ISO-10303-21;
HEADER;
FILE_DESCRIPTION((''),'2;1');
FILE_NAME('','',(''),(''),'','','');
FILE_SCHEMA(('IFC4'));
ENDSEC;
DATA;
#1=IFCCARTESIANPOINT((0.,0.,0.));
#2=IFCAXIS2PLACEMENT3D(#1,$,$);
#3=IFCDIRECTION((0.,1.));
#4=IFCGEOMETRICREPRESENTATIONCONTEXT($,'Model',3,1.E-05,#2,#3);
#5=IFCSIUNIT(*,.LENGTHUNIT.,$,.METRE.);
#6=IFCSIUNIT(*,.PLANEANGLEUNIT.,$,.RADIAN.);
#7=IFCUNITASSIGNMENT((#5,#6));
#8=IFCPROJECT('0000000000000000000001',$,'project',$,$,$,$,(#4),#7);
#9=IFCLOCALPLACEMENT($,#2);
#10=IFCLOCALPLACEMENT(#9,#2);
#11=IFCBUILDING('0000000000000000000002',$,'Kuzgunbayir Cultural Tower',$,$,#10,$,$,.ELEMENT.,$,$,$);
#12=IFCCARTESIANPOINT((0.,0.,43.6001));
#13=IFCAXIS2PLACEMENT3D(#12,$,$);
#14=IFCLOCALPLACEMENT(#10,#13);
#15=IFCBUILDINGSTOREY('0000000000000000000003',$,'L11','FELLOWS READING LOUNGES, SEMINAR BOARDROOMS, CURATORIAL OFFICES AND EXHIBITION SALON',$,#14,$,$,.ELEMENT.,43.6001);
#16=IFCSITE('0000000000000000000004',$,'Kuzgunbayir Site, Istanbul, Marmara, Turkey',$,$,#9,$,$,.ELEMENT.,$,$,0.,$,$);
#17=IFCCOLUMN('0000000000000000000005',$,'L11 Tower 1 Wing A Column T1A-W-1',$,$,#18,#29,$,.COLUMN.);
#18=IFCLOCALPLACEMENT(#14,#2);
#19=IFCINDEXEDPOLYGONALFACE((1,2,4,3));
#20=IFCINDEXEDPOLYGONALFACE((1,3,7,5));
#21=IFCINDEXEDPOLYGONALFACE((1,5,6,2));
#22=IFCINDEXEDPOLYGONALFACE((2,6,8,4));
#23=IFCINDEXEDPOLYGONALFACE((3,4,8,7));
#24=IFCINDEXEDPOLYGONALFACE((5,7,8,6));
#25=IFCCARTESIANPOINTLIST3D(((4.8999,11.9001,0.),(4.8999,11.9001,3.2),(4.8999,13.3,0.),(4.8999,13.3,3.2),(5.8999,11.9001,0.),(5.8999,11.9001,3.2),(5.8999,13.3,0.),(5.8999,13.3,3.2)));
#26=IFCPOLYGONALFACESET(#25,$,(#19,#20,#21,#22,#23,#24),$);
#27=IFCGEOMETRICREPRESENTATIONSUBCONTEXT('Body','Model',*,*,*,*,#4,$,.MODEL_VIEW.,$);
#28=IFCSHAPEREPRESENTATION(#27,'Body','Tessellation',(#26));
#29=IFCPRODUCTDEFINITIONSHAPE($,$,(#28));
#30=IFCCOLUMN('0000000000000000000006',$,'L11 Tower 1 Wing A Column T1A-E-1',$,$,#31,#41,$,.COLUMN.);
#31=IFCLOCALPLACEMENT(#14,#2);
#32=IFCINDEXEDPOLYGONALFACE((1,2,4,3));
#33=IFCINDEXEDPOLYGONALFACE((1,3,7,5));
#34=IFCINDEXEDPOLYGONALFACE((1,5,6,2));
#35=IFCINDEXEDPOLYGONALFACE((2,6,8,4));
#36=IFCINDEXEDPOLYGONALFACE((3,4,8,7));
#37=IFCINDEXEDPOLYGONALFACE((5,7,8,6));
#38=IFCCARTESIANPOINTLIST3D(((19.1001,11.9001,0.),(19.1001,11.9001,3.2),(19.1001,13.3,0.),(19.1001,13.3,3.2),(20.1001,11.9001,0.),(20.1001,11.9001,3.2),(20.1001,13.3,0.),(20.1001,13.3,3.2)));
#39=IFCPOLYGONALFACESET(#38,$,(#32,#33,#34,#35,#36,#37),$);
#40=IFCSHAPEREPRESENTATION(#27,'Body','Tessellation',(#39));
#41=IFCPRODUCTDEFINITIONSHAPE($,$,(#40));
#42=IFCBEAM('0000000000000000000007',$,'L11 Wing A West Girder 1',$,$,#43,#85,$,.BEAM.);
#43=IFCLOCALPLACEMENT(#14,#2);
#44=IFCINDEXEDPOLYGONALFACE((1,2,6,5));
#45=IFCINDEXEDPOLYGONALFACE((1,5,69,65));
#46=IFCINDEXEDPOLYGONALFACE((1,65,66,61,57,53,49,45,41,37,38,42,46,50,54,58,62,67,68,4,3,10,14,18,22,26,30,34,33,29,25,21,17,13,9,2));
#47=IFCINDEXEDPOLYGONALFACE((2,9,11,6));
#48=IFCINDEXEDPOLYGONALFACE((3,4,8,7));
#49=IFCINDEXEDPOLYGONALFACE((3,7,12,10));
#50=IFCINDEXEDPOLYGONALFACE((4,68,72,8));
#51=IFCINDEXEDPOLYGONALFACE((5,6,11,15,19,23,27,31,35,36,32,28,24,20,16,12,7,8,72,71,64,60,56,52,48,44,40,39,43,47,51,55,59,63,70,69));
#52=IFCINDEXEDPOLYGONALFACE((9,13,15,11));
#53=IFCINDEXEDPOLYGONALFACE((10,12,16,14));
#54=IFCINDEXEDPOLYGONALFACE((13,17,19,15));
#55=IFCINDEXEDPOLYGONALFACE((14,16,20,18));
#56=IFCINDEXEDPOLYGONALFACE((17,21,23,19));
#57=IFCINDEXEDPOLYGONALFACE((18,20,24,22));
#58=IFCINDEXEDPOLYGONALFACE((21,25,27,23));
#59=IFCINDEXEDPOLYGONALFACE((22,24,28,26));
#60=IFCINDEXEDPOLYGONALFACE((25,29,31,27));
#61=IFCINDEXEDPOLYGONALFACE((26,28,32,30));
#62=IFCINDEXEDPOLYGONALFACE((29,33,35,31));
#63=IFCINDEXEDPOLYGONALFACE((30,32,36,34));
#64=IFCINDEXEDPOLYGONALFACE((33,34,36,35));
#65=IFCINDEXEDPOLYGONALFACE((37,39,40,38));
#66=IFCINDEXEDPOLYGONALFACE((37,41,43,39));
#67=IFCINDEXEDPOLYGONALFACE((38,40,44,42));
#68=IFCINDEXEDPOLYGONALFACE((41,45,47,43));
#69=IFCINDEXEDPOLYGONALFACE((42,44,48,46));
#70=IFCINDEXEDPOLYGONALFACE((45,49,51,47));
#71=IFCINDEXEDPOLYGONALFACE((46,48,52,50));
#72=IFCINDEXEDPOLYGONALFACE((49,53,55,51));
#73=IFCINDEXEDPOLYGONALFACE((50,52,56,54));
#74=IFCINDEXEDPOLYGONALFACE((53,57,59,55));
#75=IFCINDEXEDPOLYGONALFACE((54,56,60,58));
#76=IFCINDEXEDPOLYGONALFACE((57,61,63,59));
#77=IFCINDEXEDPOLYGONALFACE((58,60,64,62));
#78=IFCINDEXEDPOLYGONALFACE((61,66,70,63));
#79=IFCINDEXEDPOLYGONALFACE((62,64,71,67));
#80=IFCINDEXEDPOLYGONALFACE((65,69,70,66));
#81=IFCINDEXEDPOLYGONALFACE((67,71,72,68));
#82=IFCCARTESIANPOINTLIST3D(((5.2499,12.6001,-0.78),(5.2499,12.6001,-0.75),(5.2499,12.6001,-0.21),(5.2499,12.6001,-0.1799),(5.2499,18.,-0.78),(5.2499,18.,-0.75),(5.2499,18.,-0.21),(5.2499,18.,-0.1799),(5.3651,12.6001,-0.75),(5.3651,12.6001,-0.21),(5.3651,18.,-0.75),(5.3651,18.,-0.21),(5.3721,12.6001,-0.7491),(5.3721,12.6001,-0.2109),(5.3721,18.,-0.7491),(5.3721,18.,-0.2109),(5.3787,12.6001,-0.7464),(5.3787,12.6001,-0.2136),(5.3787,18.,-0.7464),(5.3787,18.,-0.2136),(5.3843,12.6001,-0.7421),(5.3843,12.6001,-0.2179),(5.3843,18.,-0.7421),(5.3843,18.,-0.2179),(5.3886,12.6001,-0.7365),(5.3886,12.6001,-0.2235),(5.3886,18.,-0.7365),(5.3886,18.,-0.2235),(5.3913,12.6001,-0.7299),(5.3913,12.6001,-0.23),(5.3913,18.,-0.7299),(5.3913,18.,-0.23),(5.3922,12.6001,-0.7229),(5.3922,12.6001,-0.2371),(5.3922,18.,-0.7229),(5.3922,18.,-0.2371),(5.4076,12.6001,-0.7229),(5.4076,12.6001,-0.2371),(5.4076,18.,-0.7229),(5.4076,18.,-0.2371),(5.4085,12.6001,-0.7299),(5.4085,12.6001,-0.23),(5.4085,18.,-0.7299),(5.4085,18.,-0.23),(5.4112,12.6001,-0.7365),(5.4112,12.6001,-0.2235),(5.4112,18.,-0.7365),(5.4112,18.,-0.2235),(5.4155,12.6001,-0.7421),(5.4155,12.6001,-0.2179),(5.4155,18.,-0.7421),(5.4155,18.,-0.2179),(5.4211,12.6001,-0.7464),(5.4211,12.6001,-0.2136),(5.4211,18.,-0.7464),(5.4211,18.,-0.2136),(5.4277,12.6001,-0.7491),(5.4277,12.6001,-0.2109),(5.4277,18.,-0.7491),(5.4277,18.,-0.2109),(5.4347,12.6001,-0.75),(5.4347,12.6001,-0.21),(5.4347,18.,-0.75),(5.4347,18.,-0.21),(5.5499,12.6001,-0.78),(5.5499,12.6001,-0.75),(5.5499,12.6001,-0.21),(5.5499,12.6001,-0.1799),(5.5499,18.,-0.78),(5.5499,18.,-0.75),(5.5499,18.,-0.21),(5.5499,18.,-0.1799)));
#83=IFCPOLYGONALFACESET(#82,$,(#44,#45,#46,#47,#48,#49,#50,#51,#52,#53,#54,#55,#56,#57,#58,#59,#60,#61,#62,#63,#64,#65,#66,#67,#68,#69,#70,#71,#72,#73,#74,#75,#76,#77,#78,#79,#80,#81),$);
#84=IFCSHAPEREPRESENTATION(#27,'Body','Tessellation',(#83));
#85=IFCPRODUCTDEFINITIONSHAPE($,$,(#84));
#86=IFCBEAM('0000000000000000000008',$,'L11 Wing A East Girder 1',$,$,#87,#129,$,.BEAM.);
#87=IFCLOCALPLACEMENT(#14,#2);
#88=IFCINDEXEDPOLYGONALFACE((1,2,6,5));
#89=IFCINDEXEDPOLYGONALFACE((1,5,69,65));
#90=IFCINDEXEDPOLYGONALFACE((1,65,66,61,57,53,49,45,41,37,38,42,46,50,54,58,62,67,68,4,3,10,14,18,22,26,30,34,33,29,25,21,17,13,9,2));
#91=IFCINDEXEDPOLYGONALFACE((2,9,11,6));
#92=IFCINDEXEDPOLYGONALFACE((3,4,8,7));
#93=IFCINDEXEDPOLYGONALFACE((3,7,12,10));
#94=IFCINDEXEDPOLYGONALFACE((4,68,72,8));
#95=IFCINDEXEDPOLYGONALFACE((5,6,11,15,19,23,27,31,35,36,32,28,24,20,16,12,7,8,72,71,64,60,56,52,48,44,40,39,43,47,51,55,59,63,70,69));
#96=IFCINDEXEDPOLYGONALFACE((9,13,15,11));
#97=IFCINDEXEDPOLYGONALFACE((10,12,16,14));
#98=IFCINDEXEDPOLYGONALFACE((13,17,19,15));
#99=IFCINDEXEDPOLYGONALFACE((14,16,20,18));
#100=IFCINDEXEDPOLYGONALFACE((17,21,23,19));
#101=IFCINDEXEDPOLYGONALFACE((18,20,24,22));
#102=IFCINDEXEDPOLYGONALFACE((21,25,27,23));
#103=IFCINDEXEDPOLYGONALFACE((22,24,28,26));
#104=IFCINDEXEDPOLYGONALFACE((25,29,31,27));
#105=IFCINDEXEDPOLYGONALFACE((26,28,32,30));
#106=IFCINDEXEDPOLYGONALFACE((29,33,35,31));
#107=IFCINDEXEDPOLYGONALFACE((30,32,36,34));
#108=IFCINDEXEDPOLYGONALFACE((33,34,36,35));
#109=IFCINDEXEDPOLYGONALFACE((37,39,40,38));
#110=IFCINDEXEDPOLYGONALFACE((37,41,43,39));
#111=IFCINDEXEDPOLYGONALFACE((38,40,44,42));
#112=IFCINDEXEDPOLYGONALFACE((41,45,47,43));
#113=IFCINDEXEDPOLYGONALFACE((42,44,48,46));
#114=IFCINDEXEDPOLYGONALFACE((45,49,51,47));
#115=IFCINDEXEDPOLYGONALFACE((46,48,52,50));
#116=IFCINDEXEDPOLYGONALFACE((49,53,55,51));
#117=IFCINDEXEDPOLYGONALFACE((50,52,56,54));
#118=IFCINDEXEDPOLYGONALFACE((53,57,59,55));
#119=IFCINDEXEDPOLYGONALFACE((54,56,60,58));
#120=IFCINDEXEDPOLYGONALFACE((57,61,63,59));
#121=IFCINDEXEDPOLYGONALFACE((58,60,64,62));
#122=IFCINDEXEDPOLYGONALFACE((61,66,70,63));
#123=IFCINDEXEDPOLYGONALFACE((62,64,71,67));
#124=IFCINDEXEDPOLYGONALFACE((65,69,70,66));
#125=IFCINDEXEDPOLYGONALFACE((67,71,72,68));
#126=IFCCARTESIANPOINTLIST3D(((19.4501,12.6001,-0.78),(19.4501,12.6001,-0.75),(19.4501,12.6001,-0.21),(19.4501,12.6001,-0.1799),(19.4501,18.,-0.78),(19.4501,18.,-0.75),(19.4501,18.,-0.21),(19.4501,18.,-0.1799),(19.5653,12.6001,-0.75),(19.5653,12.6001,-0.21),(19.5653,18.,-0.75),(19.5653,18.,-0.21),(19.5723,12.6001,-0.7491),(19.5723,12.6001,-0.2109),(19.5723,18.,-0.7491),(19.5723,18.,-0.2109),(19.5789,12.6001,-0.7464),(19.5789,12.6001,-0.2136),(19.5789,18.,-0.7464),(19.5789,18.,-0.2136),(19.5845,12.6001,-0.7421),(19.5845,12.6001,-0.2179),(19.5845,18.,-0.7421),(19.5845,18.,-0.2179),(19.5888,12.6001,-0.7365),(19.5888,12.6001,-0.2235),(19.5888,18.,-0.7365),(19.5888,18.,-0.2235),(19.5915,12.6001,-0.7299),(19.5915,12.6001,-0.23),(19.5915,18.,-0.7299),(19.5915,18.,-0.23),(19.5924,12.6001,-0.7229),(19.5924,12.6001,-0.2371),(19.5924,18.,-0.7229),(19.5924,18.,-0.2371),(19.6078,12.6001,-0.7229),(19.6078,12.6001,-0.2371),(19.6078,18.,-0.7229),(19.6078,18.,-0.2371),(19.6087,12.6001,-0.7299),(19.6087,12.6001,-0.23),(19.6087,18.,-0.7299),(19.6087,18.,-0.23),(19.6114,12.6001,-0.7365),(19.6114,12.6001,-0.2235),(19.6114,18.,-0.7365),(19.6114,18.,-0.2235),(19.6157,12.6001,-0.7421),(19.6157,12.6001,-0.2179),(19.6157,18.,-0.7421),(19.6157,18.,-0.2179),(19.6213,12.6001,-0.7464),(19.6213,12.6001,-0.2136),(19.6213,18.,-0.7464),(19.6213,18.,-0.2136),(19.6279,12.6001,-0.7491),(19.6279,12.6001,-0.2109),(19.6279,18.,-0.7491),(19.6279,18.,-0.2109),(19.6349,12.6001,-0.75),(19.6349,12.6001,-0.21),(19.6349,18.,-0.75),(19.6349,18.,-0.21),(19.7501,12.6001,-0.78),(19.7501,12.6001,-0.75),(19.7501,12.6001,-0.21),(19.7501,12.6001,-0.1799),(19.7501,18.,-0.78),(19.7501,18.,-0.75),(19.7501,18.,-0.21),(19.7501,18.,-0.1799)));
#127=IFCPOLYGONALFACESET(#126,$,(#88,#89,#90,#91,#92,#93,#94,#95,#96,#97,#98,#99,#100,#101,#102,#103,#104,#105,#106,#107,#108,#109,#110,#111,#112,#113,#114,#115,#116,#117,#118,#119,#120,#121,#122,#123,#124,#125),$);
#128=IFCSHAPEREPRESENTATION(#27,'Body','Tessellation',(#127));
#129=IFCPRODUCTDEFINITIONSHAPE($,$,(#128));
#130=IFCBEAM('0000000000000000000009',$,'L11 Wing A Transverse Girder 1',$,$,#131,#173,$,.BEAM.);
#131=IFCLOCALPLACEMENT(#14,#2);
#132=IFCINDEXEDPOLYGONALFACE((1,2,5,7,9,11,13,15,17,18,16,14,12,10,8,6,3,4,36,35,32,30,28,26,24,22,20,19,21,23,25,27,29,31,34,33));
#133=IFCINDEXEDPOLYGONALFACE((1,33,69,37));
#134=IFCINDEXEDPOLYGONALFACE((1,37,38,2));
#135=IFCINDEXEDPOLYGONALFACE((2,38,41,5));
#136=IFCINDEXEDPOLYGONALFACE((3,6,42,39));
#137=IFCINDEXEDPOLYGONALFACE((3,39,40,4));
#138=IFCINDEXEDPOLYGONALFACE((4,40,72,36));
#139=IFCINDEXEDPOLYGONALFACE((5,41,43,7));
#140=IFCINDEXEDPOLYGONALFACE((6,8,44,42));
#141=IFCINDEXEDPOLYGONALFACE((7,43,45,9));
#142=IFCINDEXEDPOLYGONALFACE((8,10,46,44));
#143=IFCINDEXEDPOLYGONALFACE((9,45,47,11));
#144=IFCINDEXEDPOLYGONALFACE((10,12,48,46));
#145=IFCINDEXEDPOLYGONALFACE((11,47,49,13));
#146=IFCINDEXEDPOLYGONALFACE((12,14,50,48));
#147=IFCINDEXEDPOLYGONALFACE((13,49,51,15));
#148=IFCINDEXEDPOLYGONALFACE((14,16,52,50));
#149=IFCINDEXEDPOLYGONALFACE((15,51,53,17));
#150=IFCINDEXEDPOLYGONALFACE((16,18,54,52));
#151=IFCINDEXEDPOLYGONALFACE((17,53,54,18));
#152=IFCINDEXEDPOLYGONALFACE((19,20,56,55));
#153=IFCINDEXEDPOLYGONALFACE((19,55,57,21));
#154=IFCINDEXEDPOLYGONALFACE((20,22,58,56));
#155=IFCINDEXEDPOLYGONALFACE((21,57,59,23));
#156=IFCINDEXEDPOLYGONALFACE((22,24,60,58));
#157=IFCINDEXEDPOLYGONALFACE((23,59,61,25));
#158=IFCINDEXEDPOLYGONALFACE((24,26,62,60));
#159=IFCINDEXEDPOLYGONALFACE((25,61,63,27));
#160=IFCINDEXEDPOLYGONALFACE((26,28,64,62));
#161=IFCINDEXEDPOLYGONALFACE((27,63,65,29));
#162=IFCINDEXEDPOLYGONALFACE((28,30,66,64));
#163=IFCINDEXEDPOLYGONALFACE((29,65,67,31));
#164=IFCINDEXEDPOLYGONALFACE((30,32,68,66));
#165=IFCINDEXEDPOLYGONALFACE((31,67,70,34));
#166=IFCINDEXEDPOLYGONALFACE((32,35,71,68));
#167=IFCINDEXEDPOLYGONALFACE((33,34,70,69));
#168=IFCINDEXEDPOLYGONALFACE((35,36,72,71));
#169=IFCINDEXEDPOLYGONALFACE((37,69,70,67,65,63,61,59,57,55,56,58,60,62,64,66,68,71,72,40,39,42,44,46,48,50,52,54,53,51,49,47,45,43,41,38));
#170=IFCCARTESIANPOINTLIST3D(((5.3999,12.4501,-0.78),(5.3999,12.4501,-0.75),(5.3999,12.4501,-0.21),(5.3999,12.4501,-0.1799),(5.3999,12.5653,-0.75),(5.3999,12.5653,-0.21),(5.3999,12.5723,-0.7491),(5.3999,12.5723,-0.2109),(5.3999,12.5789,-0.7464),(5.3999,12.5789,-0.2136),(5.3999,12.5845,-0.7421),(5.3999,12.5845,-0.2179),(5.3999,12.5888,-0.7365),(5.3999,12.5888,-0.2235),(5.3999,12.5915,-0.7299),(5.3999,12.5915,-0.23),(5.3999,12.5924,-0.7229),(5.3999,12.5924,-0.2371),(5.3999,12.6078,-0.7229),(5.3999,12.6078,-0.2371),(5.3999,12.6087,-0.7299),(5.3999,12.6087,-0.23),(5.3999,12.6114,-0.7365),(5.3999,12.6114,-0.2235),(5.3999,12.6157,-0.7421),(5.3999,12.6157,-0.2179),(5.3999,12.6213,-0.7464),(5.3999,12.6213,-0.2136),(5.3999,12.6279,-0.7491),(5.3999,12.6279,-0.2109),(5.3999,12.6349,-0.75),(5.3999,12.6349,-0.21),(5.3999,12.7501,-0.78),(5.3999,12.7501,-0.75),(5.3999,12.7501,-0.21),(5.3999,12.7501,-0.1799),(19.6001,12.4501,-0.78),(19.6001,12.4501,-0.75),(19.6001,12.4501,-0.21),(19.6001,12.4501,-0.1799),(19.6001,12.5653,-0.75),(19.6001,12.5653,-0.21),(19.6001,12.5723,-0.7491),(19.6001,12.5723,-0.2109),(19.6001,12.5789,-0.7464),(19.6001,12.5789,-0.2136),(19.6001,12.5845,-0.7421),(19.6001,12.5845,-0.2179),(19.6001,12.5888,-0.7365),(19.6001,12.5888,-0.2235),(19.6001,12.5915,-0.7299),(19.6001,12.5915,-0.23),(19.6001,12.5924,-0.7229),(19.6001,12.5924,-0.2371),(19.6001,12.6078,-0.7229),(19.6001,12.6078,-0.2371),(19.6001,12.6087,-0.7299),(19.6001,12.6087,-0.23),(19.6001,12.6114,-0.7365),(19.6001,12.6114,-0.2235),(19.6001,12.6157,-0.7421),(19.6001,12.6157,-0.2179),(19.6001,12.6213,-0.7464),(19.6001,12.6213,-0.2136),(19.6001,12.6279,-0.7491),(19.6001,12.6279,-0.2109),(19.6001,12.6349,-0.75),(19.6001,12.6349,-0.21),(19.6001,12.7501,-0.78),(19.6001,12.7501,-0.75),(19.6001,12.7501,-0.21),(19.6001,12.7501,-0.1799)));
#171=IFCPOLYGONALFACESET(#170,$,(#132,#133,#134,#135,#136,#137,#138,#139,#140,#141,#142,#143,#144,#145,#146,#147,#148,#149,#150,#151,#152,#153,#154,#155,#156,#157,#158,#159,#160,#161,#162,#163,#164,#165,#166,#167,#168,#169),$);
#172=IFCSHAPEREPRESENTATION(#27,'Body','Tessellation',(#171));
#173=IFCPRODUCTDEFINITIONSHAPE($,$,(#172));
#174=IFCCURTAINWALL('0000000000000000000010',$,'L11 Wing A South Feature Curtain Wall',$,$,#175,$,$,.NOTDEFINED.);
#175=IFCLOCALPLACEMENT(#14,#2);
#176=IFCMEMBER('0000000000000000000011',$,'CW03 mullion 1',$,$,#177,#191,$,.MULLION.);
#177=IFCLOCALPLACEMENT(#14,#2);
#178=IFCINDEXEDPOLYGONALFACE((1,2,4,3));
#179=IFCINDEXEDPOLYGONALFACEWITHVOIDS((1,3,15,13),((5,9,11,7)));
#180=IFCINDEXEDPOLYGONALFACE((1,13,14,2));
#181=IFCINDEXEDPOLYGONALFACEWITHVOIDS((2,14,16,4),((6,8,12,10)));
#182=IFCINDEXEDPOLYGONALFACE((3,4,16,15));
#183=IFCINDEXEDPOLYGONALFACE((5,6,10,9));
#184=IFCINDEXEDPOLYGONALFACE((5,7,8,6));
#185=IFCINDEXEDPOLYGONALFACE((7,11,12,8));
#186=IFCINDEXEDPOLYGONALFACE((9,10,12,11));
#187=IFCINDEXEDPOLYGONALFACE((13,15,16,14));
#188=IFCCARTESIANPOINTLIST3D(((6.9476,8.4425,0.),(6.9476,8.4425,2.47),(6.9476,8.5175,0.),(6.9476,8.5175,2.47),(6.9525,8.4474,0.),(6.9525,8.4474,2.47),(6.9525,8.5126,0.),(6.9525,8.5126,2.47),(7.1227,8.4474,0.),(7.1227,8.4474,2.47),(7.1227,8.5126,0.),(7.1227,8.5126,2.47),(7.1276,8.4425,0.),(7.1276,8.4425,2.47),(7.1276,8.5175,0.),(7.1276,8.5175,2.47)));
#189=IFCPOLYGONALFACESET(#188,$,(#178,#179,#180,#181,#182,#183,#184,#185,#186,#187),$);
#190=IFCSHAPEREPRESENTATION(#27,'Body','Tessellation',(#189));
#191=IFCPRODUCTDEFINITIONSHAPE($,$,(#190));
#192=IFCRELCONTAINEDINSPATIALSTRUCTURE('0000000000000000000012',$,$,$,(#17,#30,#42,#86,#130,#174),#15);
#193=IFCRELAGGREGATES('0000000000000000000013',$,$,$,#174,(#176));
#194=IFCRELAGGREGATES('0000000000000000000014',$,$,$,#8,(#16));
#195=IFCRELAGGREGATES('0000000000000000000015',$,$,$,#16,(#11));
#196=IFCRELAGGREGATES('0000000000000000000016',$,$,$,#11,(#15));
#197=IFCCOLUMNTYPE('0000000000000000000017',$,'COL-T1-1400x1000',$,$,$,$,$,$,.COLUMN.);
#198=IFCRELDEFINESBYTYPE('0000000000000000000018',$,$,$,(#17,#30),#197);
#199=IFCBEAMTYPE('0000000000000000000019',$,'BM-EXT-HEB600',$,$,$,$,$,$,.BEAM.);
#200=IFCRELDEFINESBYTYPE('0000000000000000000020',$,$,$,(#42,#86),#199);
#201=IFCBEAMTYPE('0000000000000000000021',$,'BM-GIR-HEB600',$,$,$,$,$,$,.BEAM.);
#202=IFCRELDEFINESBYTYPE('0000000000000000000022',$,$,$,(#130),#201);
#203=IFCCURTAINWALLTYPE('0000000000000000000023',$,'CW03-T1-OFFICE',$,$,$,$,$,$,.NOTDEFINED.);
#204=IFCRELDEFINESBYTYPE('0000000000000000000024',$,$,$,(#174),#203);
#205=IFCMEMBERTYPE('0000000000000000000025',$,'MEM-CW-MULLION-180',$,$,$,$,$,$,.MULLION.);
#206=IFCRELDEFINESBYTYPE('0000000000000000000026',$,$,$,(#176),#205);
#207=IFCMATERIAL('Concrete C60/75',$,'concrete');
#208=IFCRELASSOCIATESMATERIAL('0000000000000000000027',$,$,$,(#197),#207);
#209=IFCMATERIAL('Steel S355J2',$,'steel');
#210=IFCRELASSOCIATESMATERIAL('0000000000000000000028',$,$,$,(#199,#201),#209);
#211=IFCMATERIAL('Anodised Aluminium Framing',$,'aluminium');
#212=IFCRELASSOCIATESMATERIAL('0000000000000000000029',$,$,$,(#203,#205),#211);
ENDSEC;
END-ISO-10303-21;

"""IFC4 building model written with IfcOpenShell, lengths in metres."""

from ifc_helpers import new_model, si_unit, direction, frame, origin, origin_2d, place, context, subcontext, project, spatial, rectangle, hollow_rectangle, i_section, extrude, material, material_profile, profile_set, type_object, element, aggregate, save


model = new_model("IFC4")

# Units and contexts
model_context = context("Model", 3, precision=1e-05, world=origin(), true_north=direction((0.0, 1.0)))
body_context = subcontext(model_context, "Body", "Model", "MODEL_VIEW")
ifc_project = project(units=[si_unit("LENGTHUNIT", "METRE"), si_unit("PLANEANGLEUNIT", "RADIAN")], contexts=[model_context])

# Site, building, storey
site_placement = place(None, origin())
site = spatial("IfcSite", under=ifc_project, at=site_placement, Name="Kuzgunbayir Site, Istanbul, Marmara, Turkey", CompositionType="ELEMENT", RefElevation=0.0)
building_placement = place(site_placement, origin())
building = spatial("IfcBuilding", under=site, at=building_placement, Name="Kuzgunbayir Cultural Tower", CompositionType="ELEMENT")
storey_placement = place(building_placement, frame((0.0, 0.0, 43.6001)))
storey = spatial("IfcBuildingStorey", under=building, at=storey_placement, Name="L11", Description="FELLOWS READING LOUNGES, SEMINAR BOARDROOMS, CURATORIAL OFFICES AND EXHIBITION SALON", CompositionType="ELEMENT", Elevation=43.6001)

# Columns
ifc_material_1 = material(Name="Concrete C60/75", Category="concrete")
ifc_material_profile_1 = material_profile(ifc_material_1, rectangle(XDim=1.0, YDim=1.3999, at=origin_2d()), Name="RC 1400x1000")
ifc_profile_set_1 = profile_set([ifc_material_profile_1], Name="Concrete C60/75")
column_type = type_object("IfcColumnType", Name="COL-T1-1400x1000", PredefinedType="COLUMN", material=ifc_profile_set_1)
for number, where, z_axis, x_axis, name in (
    (1, (5.3999, 12.6001, 0.0), (0.0, 0.0, 1.0), (1.0, 0.0, 0.0), "L11 Tower 1 Wing A Column T1A-W-1"),
    (2, (19.6001, 12.6001, 0.0), (0.0, 0.0, 1.0), (1.0, 0.0, 0.0), "L11 Tower 1 Wing A Column T1A-E-1"),
):
    element("IfcColumn", number, at=place(storey_placement, frame(where, z_axis=z_axis, x_axis=x_axis)), inside=storey, type_object=column_type, Name=name, PredefinedType="COLUMN", context=body_context, shape_type="SweptSolid", body=[
        extrude(rectangle(XDim=1.0, YDim=1.3999, at=origin_2d()), origin(), (0.0, 0.0, 1.0), 3.2),
    ])

# Beams
ifc_material_2 = material(Name="Steel S355J2", Category="steel")
ifc_material_profile_2 = material_profile(ifc_material_2, i_section(OverallWidth=0.3, OverallDepth=0.6001, WebThickness=0.0154, FlangeThickness=0.03, FilletRadius=0.0271, at=origin_2d()), Name="HEB 600")
ifc_profile_set_2 = profile_set([ifc_material_profile_2], Name="Steel S355J2")
beam_type_1 = type_object("IfcBeamType", Name="BM-EXT-HEB600", PredefinedType="BEAM", material=ifc_profile_set_2)
for number, where, z_axis, x_axis, name in (
    (3, (5.3999, 12.6001, -0.48), (0.0, 1.0, 0.0), (-1.0, 0.0, 0.0), "L11 Wing A West Girder 1"),
    (4, (19.6001, 12.6001, -0.48), (0.0, 1.0, 0.0), (-1.0, 0.0, 0.0), "L11 Wing A East Girder 1"),
):
    element("IfcBeam", number, at=place(storey_placement, frame(where, z_axis=z_axis, x_axis=x_axis)), inside=storey, type_object=beam_type_1, Name=name, PredefinedType="BEAM", context=body_context, shape_type="SweptSolid", body=[
        extrude(i_section(OverallWidth=0.3, OverallDepth=0.6001, WebThickness=0.0154, FlangeThickness=0.03, FilletRadius=0.0271, at=origin_2d()), origin(), (0.0, 0.0, 1.0), 5.3999),
    ])
ifc_material_profile_3 = material_profile(ifc_material_2, i_section(OverallWidth=0.3, OverallDepth=0.6001, WebThickness=0.0154, FlangeThickness=0.03, FilletRadius=0.0271, at=origin_2d()), Name="HEB 600")
ifc_profile_set_3 = profile_set([ifc_material_profile_3], Name="Steel S355J2")
beam_type_2 = type_object("IfcBeamType", Name="BM-GIR-HEB600", PredefinedType="BEAM", material=ifc_profile_set_3)
beam_placement = place(storey_placement, frame((5.3999, 12.6001, -0.48), z_axis=(1.0, 0.0, 0.0), x_axis=(0.0, 1.0, 0.0)))
element("IfcBeam", 5, at=beam_placement, inside=storey, type_object=beam_type_2, Name="L11 Wing A Transverse Girder 1", PredefinedType="BEAM", context=body_context, shape_type="SweptSolid", body=[
    extrude(i_section(OverallWidth=0.3, OverallDepth=0.6001, WebThickness=0.0154, FlangeThickness=0.03, FilletRadius=0.0271, at=origin_2d()), origin(), (0.0, 0.0, 1.0), 14.2002),
])

# Curtain wall, member
ifc_material_3 = material(Name="Anodised Aluminium Framing", Category="aluminium")
curtain_wall_type = type_object("IfcCurtainWallType", Name="CW03-T1-OFFICE", PredefinedType="NOTDEFINED", material=ifc_material_3)
curtain_wall_placement = place(storey_placement, origin())
curtain_wall = element("IfcCurtainWall", 6, at=curtain_wall_placement, inside=storey, type_object=curtain_wall_type, Name="L11 Wing A South Feature Curtain Wall", PredefinedType="NOTDEFINED")
ifc_material_profile_4 = material_profile(ifc_material_3, hollow_rectangle(XDim=0.075, YDim=0.1799, WallThickness=0.0049, at=origin_2d()), Name="RHS 180x75x5")
ifc_profile_set_4 = profile_set([ifc_material_profile_4], Name="Anodised Aluminium Framing")
member_type_1 = type_object("IfcMemberType", Name="MEM-CW-MULLION-180", PredefinedType="MULLION", material=ifc_profile_set_4)
member_1_placement = place(storey_placement, frame((7.0376, 8.48, 0.0), z_axis=(0.0, 0.0, 1.0), x_axis=(0.0, 1.0, 0.0)))
member_1 = element("IfcMember", 7, at=member_1_placement, type_object=member_type_1, Name="CW03 mullion 1", PredefinedType="MULLION", context=body_context, shape_type="SweptSolid", body=[
    extrude(hollow_rectangle(XDim=0.075, YDim=0.1799, WallThickness=0.0049, at=origin_2d()), origin(), (0.0, 0.0, 1.0), 2.47),
])
aggregate(curtain_wall, [member_1])

save(model, "model.ifc")
